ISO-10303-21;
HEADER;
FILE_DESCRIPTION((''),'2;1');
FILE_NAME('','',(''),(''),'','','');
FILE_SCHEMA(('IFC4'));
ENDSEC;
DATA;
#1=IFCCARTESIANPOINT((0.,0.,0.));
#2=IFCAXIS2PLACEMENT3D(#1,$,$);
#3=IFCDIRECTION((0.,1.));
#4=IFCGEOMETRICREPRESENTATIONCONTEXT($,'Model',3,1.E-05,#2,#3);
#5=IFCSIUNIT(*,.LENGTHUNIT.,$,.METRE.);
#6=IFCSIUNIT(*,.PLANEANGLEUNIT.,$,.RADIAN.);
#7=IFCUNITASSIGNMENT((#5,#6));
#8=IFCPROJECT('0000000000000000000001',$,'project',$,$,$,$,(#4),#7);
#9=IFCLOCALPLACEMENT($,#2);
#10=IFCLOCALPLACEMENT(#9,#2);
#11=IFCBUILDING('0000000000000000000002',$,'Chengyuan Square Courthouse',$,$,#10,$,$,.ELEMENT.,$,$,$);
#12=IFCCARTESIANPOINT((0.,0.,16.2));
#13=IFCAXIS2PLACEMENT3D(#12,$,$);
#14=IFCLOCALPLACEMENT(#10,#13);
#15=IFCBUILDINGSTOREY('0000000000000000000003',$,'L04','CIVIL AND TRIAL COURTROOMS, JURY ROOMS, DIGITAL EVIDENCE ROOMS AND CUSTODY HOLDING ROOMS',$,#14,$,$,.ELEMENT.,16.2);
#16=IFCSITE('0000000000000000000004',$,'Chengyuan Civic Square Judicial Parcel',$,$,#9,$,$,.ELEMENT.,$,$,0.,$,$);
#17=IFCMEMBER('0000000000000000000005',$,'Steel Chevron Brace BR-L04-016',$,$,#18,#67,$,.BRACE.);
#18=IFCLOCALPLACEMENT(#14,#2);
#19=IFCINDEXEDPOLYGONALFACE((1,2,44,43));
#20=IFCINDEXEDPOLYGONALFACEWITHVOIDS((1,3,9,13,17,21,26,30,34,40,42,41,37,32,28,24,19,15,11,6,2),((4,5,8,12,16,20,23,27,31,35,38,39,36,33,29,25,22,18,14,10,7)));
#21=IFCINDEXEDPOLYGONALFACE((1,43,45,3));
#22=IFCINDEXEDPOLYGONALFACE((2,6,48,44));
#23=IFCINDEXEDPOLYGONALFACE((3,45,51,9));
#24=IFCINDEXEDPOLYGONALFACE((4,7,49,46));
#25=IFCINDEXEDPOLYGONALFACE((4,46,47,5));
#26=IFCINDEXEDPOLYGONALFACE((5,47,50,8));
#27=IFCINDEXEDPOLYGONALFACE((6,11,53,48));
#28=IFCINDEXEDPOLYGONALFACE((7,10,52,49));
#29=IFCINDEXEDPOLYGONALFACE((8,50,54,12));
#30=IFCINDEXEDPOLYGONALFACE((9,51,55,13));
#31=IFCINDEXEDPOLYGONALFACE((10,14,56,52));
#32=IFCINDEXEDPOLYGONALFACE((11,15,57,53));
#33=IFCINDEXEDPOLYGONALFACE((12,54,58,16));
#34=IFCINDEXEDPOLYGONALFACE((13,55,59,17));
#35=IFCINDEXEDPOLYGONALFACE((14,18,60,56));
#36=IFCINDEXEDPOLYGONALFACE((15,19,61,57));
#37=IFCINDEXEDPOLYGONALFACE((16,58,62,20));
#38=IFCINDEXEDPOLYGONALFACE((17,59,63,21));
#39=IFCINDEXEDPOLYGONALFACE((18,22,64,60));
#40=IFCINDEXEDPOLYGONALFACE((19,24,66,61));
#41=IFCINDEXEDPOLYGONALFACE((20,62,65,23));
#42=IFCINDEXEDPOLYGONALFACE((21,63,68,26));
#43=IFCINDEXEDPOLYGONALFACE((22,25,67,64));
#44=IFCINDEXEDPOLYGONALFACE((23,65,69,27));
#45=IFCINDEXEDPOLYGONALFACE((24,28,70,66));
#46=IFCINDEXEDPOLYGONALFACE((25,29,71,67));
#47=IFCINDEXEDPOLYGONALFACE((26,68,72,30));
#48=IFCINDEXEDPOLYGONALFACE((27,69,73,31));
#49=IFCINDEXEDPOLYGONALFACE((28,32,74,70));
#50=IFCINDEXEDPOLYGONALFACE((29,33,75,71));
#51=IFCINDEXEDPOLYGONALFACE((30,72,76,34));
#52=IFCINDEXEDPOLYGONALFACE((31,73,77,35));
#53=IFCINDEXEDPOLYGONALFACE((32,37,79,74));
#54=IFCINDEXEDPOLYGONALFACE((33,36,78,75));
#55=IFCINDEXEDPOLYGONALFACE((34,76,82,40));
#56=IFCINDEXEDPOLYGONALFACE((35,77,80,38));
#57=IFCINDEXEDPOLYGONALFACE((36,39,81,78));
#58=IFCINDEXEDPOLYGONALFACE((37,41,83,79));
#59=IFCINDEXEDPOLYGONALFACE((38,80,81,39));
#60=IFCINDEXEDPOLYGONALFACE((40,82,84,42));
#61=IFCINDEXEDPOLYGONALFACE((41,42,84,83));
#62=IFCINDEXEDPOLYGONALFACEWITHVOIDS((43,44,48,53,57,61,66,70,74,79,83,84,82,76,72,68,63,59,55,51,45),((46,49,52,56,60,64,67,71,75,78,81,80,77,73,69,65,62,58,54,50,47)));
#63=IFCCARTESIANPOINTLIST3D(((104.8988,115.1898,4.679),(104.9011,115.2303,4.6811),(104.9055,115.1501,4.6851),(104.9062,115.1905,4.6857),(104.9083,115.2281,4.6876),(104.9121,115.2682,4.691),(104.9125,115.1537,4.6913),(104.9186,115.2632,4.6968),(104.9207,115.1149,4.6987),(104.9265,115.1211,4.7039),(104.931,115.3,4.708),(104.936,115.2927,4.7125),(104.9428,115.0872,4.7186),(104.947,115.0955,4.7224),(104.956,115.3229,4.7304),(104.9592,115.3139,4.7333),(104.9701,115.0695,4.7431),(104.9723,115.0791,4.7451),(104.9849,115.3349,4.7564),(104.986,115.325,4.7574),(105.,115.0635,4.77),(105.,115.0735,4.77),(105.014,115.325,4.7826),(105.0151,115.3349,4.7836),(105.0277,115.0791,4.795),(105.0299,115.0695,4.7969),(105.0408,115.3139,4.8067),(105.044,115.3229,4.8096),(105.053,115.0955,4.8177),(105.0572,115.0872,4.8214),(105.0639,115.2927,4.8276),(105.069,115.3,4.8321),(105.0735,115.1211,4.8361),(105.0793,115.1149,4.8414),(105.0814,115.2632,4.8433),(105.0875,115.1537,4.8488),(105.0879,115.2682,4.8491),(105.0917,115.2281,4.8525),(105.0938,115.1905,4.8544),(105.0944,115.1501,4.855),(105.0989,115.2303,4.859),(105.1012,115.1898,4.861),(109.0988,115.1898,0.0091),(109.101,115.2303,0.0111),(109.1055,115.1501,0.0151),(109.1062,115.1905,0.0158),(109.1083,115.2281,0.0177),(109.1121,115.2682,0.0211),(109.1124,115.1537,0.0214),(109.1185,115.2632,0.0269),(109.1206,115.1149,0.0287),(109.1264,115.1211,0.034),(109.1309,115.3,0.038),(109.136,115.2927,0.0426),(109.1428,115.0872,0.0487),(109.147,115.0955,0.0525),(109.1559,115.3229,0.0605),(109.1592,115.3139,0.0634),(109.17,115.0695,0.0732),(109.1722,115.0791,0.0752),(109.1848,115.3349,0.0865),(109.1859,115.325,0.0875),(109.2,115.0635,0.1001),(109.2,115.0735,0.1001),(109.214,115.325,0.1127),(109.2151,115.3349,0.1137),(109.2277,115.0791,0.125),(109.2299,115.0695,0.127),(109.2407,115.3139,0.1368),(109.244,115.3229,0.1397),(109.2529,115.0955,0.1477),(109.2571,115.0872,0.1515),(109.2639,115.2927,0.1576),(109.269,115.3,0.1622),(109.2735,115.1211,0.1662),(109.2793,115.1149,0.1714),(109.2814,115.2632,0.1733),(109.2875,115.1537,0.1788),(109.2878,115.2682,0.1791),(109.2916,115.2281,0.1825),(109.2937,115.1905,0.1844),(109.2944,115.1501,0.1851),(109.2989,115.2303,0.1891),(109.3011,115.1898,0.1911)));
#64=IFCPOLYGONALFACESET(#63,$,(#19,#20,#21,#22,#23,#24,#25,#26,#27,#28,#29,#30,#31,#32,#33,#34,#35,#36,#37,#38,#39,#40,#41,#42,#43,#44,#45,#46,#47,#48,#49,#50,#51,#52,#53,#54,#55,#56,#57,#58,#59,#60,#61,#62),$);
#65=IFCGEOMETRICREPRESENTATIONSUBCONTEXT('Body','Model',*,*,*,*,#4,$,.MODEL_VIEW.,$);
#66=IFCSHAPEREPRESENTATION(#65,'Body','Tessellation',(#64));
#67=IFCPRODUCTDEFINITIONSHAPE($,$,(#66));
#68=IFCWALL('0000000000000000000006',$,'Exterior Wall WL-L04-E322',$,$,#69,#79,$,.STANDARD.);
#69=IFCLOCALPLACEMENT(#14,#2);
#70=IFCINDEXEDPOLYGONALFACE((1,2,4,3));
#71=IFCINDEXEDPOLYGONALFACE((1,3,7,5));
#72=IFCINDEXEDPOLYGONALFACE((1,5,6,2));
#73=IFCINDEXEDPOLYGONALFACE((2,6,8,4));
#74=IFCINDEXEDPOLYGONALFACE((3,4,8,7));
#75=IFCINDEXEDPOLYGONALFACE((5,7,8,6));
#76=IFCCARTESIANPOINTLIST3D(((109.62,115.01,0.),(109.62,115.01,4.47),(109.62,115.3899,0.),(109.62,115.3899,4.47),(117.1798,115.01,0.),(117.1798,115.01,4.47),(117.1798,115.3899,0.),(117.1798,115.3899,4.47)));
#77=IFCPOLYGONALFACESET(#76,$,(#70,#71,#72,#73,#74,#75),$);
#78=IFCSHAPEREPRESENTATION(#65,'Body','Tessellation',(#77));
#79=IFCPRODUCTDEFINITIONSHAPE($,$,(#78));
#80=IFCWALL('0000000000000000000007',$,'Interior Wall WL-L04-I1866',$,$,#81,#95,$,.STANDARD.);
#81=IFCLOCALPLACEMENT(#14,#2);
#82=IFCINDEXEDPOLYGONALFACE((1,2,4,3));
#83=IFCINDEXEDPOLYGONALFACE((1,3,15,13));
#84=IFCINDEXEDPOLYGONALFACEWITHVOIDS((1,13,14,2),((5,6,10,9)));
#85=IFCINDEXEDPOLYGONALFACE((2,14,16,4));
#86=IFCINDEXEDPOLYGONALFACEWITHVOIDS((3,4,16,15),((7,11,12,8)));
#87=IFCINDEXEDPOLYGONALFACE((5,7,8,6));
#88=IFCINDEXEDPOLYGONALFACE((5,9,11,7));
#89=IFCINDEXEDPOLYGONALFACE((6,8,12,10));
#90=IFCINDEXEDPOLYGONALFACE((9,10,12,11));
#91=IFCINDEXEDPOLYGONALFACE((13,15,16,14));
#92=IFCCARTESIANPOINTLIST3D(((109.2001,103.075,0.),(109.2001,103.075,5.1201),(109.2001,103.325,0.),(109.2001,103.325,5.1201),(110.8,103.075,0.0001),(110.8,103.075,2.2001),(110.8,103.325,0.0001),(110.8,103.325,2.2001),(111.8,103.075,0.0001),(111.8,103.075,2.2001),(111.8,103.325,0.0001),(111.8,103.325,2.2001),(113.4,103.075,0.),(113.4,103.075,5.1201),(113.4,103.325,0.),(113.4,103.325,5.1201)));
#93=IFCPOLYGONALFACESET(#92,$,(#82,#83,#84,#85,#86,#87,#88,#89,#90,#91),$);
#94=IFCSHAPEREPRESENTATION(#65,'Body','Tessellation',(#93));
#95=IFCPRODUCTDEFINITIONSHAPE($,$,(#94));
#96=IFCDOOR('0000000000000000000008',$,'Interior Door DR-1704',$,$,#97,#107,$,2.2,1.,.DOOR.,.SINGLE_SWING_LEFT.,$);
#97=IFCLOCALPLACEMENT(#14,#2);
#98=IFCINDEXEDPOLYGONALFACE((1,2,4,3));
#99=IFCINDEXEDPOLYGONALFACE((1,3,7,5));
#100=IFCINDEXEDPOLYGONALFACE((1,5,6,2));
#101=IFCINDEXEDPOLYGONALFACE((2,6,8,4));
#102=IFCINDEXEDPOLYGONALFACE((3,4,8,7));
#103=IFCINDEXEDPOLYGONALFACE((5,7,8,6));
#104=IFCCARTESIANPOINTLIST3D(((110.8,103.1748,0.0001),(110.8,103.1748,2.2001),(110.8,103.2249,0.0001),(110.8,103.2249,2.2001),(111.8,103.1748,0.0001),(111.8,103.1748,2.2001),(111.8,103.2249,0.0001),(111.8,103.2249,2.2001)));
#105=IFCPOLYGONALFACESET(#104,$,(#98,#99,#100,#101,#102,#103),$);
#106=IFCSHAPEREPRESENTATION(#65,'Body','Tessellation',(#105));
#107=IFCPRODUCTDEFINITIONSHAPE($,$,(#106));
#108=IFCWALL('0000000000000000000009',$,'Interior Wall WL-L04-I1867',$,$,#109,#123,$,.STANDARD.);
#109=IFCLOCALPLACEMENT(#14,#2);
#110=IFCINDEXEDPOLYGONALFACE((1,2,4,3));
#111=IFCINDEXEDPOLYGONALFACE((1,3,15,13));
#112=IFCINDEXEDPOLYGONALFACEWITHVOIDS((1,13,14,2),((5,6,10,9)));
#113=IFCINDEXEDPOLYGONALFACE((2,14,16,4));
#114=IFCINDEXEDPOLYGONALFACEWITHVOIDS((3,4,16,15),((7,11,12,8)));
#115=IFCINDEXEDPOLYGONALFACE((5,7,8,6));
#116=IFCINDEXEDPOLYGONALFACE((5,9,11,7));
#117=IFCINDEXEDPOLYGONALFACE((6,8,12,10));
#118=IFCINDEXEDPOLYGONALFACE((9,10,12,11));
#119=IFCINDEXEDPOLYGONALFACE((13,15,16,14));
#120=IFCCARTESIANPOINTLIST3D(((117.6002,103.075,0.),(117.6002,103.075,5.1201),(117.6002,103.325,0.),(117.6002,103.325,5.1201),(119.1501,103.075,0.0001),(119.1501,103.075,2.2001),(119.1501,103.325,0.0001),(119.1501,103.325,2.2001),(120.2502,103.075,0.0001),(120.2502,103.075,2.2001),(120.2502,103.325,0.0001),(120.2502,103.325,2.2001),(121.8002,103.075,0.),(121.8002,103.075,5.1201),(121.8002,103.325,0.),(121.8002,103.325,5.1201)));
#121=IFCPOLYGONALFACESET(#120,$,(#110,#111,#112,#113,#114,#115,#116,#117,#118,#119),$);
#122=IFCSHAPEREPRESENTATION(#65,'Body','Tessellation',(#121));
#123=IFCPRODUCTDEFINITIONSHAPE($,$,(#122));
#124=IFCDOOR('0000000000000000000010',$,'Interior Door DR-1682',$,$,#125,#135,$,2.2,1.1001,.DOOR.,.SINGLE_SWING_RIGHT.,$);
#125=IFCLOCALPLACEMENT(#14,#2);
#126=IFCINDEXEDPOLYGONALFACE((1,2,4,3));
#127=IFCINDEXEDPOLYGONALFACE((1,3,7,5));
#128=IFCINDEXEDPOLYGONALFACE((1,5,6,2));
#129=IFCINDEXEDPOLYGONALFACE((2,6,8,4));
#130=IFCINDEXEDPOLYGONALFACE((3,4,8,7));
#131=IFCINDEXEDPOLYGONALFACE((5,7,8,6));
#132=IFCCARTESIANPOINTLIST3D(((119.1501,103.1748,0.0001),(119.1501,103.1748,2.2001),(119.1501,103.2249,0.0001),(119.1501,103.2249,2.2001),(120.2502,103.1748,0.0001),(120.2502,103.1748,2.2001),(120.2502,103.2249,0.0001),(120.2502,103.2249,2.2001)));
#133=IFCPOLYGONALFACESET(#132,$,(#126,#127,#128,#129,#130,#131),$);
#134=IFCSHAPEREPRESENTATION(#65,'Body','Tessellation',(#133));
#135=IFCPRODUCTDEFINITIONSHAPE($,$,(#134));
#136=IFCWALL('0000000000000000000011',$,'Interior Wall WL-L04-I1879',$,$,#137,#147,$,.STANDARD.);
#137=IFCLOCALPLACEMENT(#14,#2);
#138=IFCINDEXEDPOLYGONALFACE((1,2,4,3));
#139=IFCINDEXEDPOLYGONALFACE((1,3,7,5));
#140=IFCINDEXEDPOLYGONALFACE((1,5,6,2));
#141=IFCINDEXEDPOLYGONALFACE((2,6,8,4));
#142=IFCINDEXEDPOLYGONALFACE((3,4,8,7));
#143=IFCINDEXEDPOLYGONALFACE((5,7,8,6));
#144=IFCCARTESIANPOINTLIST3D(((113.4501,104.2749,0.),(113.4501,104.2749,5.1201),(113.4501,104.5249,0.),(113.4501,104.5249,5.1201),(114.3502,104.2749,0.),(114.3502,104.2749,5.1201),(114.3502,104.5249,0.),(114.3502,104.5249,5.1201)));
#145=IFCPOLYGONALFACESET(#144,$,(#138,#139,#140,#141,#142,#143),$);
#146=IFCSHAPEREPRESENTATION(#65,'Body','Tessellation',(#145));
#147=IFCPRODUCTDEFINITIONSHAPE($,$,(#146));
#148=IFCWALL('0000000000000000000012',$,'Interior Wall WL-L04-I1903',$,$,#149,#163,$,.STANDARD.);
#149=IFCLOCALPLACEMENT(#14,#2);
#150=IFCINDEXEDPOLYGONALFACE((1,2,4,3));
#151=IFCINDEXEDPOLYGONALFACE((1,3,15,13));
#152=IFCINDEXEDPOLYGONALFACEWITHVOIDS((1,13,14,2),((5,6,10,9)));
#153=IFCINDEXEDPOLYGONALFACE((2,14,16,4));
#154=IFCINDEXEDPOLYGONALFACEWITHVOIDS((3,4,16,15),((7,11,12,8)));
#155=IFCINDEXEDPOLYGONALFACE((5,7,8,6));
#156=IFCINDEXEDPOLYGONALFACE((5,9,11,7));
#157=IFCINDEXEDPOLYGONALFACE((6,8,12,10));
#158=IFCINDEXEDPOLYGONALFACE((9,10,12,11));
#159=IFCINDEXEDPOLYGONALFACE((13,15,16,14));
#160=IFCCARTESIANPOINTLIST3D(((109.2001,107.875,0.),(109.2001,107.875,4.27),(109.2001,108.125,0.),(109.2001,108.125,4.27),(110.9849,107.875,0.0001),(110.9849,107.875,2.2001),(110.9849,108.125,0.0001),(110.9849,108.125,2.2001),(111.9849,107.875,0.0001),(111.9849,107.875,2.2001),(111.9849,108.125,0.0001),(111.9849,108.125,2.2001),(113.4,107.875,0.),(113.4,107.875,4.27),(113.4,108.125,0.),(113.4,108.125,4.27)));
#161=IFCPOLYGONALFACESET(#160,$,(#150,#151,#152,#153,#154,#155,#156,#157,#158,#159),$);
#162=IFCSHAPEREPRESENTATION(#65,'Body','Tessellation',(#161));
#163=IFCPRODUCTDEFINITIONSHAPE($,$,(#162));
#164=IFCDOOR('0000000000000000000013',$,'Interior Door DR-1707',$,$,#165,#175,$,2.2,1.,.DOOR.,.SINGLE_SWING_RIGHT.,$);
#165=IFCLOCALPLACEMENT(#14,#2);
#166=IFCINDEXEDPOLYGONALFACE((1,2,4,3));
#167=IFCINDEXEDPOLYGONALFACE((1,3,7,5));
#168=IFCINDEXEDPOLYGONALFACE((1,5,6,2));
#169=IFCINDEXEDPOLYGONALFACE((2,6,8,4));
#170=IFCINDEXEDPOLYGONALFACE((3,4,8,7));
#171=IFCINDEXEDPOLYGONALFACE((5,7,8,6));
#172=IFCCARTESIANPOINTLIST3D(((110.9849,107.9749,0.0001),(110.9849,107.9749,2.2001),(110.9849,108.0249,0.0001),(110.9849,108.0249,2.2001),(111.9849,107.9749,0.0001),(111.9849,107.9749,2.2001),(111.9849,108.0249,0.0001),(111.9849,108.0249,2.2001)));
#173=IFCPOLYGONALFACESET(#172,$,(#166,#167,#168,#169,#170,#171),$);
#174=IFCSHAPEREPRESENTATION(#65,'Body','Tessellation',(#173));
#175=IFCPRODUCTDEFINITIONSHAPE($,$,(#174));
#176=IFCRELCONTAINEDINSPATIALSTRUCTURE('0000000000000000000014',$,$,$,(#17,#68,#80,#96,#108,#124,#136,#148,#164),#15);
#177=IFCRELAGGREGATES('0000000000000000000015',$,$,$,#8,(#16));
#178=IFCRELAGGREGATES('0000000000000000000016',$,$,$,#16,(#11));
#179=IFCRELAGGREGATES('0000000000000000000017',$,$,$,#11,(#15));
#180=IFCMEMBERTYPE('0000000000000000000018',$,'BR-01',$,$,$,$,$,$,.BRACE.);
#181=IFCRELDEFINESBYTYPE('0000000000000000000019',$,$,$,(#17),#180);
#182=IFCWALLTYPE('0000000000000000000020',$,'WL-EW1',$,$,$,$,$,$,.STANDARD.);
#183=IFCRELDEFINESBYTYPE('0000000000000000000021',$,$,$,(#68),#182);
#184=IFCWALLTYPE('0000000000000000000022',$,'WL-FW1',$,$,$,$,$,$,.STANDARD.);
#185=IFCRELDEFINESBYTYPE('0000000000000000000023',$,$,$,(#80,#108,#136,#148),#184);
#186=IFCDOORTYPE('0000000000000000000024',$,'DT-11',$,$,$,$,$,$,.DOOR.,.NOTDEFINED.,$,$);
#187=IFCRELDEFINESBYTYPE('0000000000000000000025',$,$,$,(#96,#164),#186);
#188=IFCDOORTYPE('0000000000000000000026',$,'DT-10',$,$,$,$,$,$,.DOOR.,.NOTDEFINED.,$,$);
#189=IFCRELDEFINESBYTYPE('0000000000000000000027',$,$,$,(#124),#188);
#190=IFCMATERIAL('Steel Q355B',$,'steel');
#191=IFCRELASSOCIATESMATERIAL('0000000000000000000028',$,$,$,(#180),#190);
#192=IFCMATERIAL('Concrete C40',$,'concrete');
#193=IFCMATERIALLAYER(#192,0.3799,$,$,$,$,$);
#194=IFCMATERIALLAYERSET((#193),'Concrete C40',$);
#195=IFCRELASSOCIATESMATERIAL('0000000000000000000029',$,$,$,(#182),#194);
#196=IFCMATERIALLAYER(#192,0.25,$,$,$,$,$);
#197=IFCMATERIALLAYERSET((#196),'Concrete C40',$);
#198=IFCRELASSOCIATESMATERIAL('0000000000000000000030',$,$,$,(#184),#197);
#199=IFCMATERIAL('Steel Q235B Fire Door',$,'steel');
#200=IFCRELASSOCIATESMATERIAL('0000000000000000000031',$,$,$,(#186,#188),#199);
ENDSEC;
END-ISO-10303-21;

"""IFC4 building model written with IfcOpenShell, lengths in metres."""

from ifc_helpers import new_model, si_unit, direction, frame, frame_2d, origin, origin_2d, place, context, subcontext, project, spatial, rectangle, hollow_circle, extrude, material, layer, layer_set, material_profile, profile_set, type_object, element, fill, save


model = new_model("IFC4")

# Units and contexts
model_context = context("Model", 3, precision=1e-05, world=origin(), true_north=direction((0.0, 1.0)))
body_context = subcontext(model_context, "Body", "Model", "MODEL_VIEW")
ifc_project = project(units=[si_unit("LENGTHUNIT", "METRE"), si_unit("PLANEANGLEUNIT", "RADIAN")], contexts=[model_context])

# Site, building, storey
site_placement = place(None, origin())
site = spatial("IfcSite", under=ifc_project, at=site_placement, Name="Chengyuan Civic Square Judicial Parcel", CompositionType="ELEMENT", RefElevation=0.0)
building_placement = place(site_placement, origin())
building = spatial("IfcBuilding", under=site, at=building_placement, Name="Chengyuan Square Courthouse", CompositionType="ELEMENT")
storey_placement = place(building_placement, frame((0.0, 0.0, 16.2)))
storey = spatial("IfcBuildingStorey", under=building, at=storey_placement, Name="L04", Description="CIVIL AND TRIAL COURTROOMS, JURY ROOMS, DIGITAL EVIDENCE ROOMS AND CUSTODY HOLDING ROOMS", CompositionType="ELEMENT", Elevation=16.2)

# Shared definitions
ifc_material_1 = material(Name="Concrete C40", Category="concrete")

# Shared definitions
ifc_material_2 = material(Name="Steel Q355B", Category="steel")

# Member
ifc_material_profile_1 = material_profile(ifc_material_2, hollow_circle(Radius=0.1365, WallThickness=0.01, at=origin_2d()), Name="CHS 273x10")
ifc_profile_set_1 = profile_set([ifc_material_profile_1], Name="Steel Q355B")
member_type = type_object("IfcMemberType", Name="BR-01", PredefinedType="BRACE", material=ifc_profile_set_1)
member_placement = place(storey_placement, frame((109.2, 115.2, 0.1001), z_axis=(-0.668703, 0.0, 0.74353), x_axis=(0.0, -1.0, 0.0)))
element("IfcMember", 1, at=member_placement, inside=storey, type_object=member_type, Name="Steel Chevron Brace BR-L04-016", PredefinedType="BRACE", context=body_context, shape_type="SweptSolid", body=[
    extrude(hollow_circle(Radius=0.1365, WallThickness=0.01, at=origin_2d()), origin(), (0.0, 0.0, 1.0), 6.2808),
])

# Wall
ifc_layer_1 = layer(ifc_material_1, 0.3799)
ifc_layer_set_1 = layer_set([ifc_layer_1], Name="Concrete C40")
wall_type_1 = type_object("IfcWallType", Name="WL-EW1", PredefinedType="STANDARD", material=ifc_layer_set_1)
wall_1_placement = place(storey_placement, frame((109.6201, 115.2, 0.0), z_axis=(0.0, 0.0, 1.0), x_axis=(1.0, 0.0, 0.0)))
element("IfcWall", 2, at=wall_1_placement, inside=storey, type_object=wall_type_1, Name="Exterior Wall WL-L04-E322", PredefinedType="STANDARD", context=body_context, shape_type="SweptSolid", body=[
    extrude(rectangle(XDim=7.5598, YDim=0.3799, at=frame_2d((3.7798, 0.0))), origin(), (0.0, 0.0, 1.0), 4.47),
])

# Walls, openings, doors
ifc_layer_2 = layer(ifc_material_1, 0.25)
ifc_layer_set_2 = layer_set([ifc_layer_2], Name="Concrete C40")
wall_type_2 = type_object("IfcWallType", Name="WL-FW1", PredefinedType="STANDARD", material=ifc_layer_set_2)
wall_2_placement = place(storey_placement, frame((109.2, 103.2, 0.0), z_axis=(0.0, 0.0, 1.0), x_axis=(1.0, 0.0, 0.0)))
wall_2 = element("IfcWall", 3, at=wall_2_placement, inside=storey, type_object=wall_type_2, Name="Interior Wall WL-L04-I1866", PredefinedType="STANDARD", context=body_context, shape_type="SweptSolid", body=[
    extrude(rectangle(XDim=4.2, YDim=0.25, at=frame_2d((2.1001, 0.0))), origin(), (0.0, 0.0, 1.0), 5.1201),
])
opening_1_placement = place(wall_2_placement, frame((1.6001, 0.0, 0.0)))
opening_1 = element("IfcOpeningElement", 4, at=opening_1_placement, cuts=wall_2, PredefinedType="OPENING", context=body_context, shape_type="SweptSolid", body=[
    extrude(rectangle(XDim=1.0, YDim=2.2, at=frame_2d((0.5, 1.1001))), frame((0.0, 0.137, 0.0), z_axis=(0.0, -1.0, 0.0), x_axis=(1.0, 0.0, 0.0)), (0.0, 0.0, 1.0), 0.2739),
])
ifc_material_3 = material(Name="Steel Q235B Fire Door", Category="steel")
door_type_1 = type_object("IfcDoorType", Name="DT-11", OperationType="NOTDEFINED", PredefinedType="DOOR", material=ifc_material_3)
door_1_placement = place(opening_1_placement, origin())
door_1 = element("IfcDoor", 5, at=door_1_placement, inside=storey, type_object=door_type_1, Name="Interior Door DR-1704", OperationType="SINGLE_SWING_LEFT", OverallHeight=2.2, OverallWidth=1.0, PredefinedType="DOOR", context=body_context, shape_type="SweptSolid", body=[
    extrude(rectangle(XDim=1.0, YDim=2.2, at=frame_2d((0.5, 1.1001))), frame((0.0, 0.0249, 0.0), z_axis=(0.0, -1.0, 0.0), x_axis=(1.0, 0.0, 0.0)), (0.0, 0.0, 1.0), 0.05),
])
fill(opening_1, door_1)
wall_3_placement = place(storey_placement, frame((117.6001, 103.2, 0.0), z_axis=(0.0, 0.0, 1.0), x_axis=(1.0, 0.0, 0.0)))
wall_3 = element("IfcWall", 6, at=wall_3_placement, inside=storey, type_object=wall_type_2, Name="Interior Wall WL-L04-I1867", PredefinedType="STANDARD", context=body_context, shape_type="SweptSolid", body=[
    extrude(rectangle(XDim=4.2, YDim=0.25, at=frame_2d((2.1001, 0.0))), origin(), (0.0, 0.0, 1.0), 5.1201),
])
opening_2_placement = place(wall_3_placement, frame((1.55, 0.0, 0.0)))
opening_2 = element("IfcOpeningElement", 7, at=opening_2_placement, cuts=wall_3, PredefinedType="OPENING", context=body_context, shape_type="SweptSolid", body=[
    extrude(rectangle(XDim=1.1001, YDim=2.2, at=frame_2d((0.55, 1.1001))), frame((0.0, 0.137, 0.0), z_axis=(0.0, -1.0, 0.0), x_axis=(1.0, 0.0, 0.0)), (0.0, 0.0, 1.0), 0.2739),
])
door_type_2 = type_object("IfcDoorType", Name="DT-10", OperationType="NOTDEFINED", PredefinedType="DOOR", material=ifc_material_3)
door_2_placement = place(opening_2_placement, origin())
door_2 = element("IfcDoor", 8, at=door_2_placement, inside=storey, type_object=door_type_2, Name="Interior Door DR-1682", OperationType="SINGLE_SWING_RIGHT", OverallHeight=2.2, OverallWidth=1.1001, PredefinedType="DOOR", context=body_context, shape_type="SweptSolid", body=[
    extrude(rectangle(XDim=1.1001, YDim=2.2, at=frame_2d((0.55, 1.1001))), frame((0.0, 0.0249, 0.0), z_axis=(0.0, -1.0, 0.0), x_axis=(1.0, 0.0, 0.0)), (0.0, 0.0, 1.0), 0.05),
])
fill(opening_2, door_2)

# Wall
wall_4_placement = place(storey_placement, frame((113.45, 104.3999, 0.0), z_axis=(0.0, 0.0, 1.0), x_axis=(1.0, 0.0, 0.0)))
element("IfcWall", 9, at=wall_4_placement, inside=storey, type_object=wall_type_2, Name="Interior Wall WL-L04-I1879", PredefinedType="STANDARD", context=body_context, shape_type="SweptSolid", body=[
    extrude(rectangle(XDim=0.9001, YDim=0.25, at=frame_2d((0.4502, 0.0))), origin(), (0.0, 0.0, 1.0), 5.1201),
])

# Wall, opening, door
wall_5_placement = place(storey_placement, frame((109.2, 108.0, 0.0), z_axis=(0.0, 0.0, 1.0), x_axis=(1.0, 0.0, 0.0)))
wall_5 = element("IfcWall", 10, at=wall_5_placement, inside=storey, type_object=wall_type_2, Name="Interior Wall WL-L04-I1903", PredefinedType="STANDARD", context=body_context, shape_type="SweptSolid", body=[
    extrude(rectangle(XDim=4.2, YDim=0.25, at=frame_2d((2.1001, 0.0))), origin(), (0.0, 0.0, 1.0), 4.27),
])
opening_3_placement = place(wall_5_placement, frame((1.7849, 0.0, 0.0)))
opening_3 = element("IfcOpeningElement", 11, at=opening_3_placement, cuts=wall_5, PredefinedType="OPENING", context=body_context, shape_type="SweptSolid", body=[
    extrude(rectangle(XDim=1.0, YDim=2.2, at=frame_2d((0.5, 1.1001))), frame((0.0, 0.137, 0.0), z_axis=(0.0, -1.0, 0.0), x_axis=(1.0, 0.0, 0.0)), (0.0, 0.0, 1.0), 0.2739),
])
door_3_placement = place(opening_3_placement, origin())
door_3 = element("IfcDoor", 12, at=door_3_placement, inside=storey, type_object=door_type_1, Name="Interior Door DR-1707", OperationType="SINGLE_SWING_RIGHT", OverallHeight=2.2, OverallWidth=1.0, PredefinedType="DOOR", context=body_context, shape_type="SweptSolid", body=[
    extrude(rectangle(XDim=1.0, YDim=2.2, at=frame_2d((0.5, 1.1001))), frame((0.0, 0.0249, 0.0), z_axis=(0.0, -1.0, 0.0), x_axis=(1.0, 0.0, 0.0)), (0.0, 0.0, 1.0), 0.05),
])
fill(opening_3, door_3)

save(model, "model.ifc")
